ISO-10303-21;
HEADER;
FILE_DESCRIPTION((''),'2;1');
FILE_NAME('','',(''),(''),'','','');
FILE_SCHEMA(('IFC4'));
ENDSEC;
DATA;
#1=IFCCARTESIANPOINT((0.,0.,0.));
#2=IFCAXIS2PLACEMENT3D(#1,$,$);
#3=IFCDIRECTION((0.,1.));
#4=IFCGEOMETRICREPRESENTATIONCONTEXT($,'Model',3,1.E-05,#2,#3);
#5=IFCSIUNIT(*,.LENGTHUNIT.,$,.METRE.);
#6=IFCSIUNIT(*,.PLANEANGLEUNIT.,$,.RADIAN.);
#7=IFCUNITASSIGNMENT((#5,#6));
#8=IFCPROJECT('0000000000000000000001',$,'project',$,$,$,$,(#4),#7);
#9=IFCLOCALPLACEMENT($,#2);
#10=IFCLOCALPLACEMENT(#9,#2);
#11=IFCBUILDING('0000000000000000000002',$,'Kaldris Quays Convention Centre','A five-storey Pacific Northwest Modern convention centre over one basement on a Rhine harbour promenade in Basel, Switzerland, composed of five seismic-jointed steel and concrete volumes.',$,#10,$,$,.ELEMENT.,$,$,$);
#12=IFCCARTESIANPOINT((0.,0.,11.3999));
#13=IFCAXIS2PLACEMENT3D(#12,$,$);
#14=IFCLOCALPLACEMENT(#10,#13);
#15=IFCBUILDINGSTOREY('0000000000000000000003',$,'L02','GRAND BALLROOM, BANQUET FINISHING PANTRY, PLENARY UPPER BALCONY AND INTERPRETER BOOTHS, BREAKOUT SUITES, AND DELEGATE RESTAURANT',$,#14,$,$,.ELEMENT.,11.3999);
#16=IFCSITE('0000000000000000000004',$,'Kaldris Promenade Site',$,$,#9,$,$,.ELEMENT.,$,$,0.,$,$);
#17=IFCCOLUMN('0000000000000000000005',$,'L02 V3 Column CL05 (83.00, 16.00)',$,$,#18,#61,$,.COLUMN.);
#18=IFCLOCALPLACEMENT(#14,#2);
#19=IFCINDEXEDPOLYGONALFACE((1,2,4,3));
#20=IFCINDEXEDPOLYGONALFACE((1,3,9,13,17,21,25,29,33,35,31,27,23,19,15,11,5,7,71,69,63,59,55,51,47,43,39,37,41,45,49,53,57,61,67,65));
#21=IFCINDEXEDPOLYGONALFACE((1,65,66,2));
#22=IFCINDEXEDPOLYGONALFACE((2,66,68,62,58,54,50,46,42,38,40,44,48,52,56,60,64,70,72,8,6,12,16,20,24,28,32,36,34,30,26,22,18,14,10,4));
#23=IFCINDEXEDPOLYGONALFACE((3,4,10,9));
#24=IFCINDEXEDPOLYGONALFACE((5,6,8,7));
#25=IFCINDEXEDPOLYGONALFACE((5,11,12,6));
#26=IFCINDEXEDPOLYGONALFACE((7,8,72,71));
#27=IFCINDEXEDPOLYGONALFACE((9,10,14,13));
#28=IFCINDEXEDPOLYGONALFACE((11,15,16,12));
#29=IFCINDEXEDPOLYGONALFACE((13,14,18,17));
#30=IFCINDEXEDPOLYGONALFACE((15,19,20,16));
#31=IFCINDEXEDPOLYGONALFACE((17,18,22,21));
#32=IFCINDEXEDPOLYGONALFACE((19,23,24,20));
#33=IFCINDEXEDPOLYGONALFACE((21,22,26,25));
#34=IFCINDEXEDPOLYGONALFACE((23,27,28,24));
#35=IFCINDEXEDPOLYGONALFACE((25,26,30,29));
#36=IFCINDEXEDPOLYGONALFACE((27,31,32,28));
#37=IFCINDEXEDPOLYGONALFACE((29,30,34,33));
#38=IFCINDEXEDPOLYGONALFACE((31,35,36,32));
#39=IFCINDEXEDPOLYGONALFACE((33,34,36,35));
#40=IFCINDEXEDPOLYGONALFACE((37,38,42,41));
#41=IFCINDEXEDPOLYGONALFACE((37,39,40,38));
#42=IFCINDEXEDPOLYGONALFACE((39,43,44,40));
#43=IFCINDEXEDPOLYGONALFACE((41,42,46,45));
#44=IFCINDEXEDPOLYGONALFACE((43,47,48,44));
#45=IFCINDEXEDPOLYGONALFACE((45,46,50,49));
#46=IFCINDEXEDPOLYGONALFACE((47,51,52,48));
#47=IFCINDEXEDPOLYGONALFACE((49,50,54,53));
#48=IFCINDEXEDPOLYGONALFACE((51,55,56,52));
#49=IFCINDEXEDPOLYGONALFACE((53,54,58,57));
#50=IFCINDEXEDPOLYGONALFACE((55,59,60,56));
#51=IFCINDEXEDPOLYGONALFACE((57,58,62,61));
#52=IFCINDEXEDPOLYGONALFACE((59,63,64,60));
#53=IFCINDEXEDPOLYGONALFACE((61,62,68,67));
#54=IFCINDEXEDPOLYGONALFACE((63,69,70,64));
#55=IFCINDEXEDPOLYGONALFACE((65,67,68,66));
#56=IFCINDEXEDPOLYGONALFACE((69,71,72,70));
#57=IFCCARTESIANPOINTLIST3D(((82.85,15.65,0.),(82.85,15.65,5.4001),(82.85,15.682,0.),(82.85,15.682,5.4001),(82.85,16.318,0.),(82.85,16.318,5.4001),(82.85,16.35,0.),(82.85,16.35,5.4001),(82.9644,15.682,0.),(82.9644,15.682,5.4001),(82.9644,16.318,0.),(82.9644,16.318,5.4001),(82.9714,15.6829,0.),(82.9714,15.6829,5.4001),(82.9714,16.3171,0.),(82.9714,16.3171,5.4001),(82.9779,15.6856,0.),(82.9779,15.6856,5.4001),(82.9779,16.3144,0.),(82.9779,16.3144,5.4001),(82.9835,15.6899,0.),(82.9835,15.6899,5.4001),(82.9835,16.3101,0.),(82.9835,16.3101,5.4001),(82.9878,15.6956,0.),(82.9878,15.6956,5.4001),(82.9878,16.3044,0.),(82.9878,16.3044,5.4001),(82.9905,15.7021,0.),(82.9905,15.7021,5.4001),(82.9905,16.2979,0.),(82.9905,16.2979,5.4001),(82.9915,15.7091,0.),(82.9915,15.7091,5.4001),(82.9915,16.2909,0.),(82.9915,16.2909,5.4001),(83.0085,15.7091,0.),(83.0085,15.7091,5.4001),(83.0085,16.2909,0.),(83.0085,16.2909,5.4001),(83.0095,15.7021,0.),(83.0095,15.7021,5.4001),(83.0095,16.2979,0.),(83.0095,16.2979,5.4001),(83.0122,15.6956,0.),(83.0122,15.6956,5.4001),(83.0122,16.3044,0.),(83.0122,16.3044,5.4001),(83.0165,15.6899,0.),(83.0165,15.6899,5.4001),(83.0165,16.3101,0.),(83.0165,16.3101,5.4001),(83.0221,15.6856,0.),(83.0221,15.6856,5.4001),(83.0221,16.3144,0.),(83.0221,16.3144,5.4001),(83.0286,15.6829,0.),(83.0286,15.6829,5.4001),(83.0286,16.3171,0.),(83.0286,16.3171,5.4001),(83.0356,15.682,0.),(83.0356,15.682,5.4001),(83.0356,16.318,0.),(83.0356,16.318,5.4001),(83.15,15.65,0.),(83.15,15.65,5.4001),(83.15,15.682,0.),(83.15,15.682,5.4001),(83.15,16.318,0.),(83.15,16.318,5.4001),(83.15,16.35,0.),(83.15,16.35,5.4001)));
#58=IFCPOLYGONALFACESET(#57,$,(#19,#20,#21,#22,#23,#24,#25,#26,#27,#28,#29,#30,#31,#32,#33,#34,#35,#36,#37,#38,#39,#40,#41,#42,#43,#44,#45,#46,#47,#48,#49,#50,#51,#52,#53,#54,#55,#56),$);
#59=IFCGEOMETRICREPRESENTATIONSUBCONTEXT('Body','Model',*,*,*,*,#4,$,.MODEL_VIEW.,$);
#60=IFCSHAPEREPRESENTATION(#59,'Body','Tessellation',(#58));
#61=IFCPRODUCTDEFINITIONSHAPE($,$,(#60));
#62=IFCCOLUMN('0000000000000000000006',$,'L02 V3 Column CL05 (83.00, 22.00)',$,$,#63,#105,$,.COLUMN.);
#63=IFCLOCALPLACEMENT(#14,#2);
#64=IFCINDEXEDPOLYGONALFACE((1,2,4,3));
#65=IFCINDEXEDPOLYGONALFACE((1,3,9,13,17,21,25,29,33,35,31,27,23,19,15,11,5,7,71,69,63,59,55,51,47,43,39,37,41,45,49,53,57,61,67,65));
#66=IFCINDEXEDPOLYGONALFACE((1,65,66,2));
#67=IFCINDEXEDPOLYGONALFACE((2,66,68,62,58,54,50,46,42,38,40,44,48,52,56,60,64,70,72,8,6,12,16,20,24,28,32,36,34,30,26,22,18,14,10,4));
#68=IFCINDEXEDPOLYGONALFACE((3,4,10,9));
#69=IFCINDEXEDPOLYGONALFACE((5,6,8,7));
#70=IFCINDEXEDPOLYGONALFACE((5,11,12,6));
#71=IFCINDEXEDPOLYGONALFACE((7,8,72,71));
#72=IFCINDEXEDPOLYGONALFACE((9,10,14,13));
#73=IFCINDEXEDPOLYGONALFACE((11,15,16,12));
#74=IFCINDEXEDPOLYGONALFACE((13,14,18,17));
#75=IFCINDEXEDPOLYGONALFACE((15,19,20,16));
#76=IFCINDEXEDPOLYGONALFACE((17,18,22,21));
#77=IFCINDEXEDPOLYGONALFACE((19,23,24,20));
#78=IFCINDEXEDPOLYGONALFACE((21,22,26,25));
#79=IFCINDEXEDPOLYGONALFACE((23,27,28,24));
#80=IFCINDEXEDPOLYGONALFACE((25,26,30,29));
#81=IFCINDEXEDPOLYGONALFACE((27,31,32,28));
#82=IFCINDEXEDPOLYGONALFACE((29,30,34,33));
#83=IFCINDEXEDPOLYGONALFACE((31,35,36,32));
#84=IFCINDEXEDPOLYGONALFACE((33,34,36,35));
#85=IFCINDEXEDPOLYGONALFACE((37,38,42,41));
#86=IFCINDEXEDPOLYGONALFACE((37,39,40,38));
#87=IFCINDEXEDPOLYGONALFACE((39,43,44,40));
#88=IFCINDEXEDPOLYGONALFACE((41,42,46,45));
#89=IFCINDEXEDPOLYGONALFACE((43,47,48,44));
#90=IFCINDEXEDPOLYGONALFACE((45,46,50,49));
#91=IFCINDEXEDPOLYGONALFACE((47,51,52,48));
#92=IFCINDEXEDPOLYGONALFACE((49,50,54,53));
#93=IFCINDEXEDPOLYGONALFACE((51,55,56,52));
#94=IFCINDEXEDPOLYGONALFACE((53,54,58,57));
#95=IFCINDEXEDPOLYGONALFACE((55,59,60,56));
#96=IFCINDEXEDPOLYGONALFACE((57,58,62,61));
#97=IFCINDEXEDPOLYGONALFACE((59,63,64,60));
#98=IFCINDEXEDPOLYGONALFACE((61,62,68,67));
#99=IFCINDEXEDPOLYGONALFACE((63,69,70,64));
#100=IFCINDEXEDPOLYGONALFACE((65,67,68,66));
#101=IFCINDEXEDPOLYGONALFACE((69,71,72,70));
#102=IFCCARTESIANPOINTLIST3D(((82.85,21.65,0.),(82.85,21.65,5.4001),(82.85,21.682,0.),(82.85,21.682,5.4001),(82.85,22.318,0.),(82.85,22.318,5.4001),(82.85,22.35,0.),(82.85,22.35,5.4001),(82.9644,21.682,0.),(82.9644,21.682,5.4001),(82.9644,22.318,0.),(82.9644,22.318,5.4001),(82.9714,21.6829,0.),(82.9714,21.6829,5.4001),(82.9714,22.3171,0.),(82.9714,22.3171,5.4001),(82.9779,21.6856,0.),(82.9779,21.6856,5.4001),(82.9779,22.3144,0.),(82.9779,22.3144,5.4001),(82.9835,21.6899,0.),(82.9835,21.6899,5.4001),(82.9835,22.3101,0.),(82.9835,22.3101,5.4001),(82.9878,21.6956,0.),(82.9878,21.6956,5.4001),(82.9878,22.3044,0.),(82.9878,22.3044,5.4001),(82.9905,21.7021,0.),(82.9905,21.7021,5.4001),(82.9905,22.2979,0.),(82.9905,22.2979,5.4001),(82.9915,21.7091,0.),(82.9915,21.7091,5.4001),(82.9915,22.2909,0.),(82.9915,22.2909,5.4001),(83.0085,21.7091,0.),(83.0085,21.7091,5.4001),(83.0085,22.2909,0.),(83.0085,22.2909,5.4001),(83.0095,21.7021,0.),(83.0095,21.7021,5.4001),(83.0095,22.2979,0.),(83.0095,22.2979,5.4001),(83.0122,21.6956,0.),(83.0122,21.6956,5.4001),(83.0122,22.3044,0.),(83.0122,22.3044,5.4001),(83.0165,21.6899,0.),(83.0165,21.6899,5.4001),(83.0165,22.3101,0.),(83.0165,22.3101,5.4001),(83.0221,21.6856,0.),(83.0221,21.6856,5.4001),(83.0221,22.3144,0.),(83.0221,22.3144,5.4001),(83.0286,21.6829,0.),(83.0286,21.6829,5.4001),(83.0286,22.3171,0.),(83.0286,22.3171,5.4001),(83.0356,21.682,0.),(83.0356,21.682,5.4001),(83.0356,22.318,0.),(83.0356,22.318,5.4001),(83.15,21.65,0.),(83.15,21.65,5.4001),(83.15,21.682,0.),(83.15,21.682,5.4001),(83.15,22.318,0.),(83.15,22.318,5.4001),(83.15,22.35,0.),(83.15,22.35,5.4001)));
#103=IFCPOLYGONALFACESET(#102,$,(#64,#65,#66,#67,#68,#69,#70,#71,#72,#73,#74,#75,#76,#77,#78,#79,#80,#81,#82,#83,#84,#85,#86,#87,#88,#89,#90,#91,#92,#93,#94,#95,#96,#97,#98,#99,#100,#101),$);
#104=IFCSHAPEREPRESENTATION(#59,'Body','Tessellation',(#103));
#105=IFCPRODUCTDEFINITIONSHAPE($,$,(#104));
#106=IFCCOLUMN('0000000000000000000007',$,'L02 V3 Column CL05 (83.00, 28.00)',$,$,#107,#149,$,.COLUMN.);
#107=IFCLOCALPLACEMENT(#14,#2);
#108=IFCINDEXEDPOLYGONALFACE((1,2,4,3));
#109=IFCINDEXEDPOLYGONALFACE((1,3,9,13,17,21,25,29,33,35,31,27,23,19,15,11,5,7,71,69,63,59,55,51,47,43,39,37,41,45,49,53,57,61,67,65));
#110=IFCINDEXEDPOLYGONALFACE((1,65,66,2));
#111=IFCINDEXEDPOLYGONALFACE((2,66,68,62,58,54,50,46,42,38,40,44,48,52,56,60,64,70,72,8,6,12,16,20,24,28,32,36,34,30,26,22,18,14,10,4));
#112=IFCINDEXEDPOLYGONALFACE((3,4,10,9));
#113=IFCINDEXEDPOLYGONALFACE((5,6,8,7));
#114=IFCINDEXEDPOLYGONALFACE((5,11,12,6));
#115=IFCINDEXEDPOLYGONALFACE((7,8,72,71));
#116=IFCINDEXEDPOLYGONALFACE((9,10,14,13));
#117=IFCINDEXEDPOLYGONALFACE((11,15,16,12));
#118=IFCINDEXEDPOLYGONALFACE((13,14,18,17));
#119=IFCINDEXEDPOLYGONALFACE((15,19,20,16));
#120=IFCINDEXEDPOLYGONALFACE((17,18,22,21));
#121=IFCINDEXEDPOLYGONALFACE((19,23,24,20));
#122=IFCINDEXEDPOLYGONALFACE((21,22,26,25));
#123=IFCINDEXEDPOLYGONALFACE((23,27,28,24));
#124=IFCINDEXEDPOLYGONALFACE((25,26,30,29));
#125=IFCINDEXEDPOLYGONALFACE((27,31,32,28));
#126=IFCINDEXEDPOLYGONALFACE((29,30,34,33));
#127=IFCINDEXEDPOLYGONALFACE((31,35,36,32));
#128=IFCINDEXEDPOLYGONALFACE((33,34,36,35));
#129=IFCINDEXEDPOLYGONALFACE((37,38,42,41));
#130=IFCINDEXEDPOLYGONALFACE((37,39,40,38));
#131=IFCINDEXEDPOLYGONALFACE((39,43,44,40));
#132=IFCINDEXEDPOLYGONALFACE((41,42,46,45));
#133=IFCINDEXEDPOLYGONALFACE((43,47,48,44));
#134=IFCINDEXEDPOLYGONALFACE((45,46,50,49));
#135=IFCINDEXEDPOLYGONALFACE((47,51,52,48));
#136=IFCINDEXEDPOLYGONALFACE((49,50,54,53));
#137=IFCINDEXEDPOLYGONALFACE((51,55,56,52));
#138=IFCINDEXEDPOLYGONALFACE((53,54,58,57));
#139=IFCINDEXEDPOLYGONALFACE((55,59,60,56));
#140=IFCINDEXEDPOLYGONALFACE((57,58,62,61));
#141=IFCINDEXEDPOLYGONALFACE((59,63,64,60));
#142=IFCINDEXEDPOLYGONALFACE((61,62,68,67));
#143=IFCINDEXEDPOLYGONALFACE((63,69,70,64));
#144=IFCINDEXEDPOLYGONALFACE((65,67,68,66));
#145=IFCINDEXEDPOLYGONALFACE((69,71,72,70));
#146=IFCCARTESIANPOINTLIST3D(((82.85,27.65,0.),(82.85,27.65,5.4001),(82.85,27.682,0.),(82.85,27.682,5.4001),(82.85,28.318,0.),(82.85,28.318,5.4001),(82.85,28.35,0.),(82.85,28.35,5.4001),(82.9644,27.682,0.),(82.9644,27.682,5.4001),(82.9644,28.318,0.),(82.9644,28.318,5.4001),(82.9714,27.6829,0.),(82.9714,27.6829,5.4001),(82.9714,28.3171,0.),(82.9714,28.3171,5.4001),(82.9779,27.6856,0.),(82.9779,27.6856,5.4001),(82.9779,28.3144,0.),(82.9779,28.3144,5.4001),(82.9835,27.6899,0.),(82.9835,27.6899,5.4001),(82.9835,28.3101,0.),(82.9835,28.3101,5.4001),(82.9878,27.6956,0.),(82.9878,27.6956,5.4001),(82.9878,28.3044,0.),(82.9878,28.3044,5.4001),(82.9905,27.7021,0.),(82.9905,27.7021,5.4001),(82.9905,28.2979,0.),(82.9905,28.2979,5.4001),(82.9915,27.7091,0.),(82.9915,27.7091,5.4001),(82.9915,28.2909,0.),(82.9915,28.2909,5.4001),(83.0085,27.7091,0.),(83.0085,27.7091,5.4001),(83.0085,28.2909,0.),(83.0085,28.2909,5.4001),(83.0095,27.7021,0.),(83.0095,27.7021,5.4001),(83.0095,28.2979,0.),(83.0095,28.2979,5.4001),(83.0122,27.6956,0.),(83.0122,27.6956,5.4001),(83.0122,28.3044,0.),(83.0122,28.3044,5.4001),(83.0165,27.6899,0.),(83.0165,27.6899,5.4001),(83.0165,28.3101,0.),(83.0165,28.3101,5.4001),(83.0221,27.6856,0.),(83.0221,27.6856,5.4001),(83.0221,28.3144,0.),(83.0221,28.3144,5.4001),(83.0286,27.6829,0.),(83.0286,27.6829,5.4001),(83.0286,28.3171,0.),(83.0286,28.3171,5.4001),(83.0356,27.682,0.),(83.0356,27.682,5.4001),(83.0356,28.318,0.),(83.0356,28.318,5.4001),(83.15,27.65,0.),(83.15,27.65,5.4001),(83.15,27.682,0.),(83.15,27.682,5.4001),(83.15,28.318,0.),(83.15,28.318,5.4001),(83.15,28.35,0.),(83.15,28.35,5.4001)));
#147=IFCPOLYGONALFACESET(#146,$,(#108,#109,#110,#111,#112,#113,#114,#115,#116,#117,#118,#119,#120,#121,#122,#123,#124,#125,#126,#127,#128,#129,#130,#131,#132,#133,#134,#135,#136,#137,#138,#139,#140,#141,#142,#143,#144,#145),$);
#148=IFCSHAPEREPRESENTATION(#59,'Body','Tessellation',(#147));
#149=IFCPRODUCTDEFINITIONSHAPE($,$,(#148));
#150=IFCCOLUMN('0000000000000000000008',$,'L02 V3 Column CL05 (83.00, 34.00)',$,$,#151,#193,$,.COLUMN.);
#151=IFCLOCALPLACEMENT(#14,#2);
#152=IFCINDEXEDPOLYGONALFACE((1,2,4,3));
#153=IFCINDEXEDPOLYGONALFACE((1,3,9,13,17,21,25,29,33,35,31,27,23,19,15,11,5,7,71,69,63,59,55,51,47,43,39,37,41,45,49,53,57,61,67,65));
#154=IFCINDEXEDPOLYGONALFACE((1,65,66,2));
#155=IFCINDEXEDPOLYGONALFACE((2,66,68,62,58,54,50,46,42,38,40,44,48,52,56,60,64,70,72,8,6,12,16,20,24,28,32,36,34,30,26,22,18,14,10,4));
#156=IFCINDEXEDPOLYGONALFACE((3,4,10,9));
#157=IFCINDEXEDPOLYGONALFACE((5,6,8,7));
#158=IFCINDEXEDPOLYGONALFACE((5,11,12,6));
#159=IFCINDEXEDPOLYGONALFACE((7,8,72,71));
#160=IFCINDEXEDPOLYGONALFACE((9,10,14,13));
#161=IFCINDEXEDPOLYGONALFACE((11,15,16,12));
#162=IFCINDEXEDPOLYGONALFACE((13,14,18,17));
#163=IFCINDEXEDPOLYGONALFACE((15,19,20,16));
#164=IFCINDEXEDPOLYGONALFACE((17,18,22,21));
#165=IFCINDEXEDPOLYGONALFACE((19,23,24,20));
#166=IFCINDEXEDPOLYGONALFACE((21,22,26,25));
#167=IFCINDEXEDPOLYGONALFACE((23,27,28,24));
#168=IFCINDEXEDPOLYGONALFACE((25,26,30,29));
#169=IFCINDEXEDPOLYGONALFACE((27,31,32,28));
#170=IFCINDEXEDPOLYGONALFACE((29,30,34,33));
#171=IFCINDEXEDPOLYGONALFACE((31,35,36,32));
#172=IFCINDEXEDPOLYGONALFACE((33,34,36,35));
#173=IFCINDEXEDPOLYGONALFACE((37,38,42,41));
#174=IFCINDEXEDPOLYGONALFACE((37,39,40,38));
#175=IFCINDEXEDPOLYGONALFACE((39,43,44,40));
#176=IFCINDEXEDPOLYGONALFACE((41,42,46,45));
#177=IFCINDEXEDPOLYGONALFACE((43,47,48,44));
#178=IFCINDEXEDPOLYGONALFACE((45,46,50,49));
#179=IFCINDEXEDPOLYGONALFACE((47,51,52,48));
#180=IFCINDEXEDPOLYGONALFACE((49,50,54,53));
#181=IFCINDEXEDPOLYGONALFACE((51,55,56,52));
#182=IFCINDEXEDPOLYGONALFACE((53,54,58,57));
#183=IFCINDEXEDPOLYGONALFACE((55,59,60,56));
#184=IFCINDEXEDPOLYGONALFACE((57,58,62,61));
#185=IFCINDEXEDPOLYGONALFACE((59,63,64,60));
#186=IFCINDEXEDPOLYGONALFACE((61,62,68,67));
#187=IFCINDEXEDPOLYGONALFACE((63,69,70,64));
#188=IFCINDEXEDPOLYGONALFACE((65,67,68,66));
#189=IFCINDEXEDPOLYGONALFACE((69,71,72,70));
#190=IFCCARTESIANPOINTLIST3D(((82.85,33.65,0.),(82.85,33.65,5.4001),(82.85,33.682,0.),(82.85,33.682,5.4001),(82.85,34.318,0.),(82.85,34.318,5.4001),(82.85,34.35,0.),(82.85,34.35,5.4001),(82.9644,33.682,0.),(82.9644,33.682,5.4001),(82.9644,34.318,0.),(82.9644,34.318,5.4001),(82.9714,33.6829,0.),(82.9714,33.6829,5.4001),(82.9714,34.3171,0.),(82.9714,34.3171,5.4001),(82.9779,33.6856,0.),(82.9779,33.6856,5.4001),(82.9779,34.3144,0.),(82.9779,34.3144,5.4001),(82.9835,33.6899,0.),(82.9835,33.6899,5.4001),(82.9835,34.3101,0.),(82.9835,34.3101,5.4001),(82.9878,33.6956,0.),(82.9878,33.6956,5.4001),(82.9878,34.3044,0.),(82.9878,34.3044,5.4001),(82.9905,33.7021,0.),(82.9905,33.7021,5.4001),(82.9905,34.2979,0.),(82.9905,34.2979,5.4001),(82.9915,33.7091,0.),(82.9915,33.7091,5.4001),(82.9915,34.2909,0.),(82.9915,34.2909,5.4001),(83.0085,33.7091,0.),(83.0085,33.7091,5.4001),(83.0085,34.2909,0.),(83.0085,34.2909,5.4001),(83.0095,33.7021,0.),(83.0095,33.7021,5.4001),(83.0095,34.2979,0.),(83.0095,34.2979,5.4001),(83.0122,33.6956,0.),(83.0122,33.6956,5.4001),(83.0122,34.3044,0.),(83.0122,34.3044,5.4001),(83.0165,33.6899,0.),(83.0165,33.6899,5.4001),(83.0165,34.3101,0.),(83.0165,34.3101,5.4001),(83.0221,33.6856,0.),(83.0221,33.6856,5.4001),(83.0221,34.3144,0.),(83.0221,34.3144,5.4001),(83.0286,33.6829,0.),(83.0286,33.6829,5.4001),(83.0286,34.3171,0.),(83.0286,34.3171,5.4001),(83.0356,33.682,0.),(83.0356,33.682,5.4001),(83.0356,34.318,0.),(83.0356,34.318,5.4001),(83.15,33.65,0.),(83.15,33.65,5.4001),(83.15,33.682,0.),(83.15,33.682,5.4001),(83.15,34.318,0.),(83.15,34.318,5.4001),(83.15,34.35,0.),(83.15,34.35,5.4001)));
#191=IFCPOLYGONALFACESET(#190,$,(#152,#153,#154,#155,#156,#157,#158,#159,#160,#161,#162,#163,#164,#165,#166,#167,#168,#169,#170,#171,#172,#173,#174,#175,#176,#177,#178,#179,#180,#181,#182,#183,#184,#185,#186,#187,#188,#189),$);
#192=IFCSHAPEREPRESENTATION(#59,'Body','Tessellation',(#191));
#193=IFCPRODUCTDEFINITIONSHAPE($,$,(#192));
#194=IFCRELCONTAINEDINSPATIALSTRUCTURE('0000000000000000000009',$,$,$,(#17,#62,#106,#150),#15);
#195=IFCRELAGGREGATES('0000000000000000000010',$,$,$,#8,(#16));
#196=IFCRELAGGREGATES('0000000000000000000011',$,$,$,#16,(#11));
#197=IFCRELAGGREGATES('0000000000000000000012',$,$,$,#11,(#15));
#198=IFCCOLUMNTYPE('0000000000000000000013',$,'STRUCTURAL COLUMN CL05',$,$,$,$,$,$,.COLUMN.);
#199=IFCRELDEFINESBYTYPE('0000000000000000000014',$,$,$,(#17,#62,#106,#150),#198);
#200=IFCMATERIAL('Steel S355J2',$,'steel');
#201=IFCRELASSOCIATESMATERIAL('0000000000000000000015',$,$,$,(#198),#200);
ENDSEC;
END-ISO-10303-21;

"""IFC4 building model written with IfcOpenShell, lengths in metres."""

from ifc_helpers import new_model, si_unit, direction, frame, origin, origin_2d, place, context, subcontext, project, spatial, i_section, extrude, material, material_profile, profile_set, type_object, element, save


model = new_model("IFC4")

# Units and contexts
model_context = context("Model", 3, precision=1e-05, world=origin(), true_north=direction((0.0, 1.0)))
body_context = subcontext(model_context, "Body", "Model", "MODEL_VIEW")
ifc_project = project(units=[si_unit("LENGTHUNIT", "METRE"), si_unit("PLANEANGLEUNIT", "RADIAN")], contexts=[model_context])

# Site, building, storey
site_placement = place(None, origin())
site = spatial("IfcSite", under=ifc_project, at=site_placement, Name="Kaldris Promenade Site", CompositionType="ELEMENT", RefElevation=0.0)
building_placement = place(site_placement, origin())
building = spatial("IfcBuilding", under=site, at=building_placement, Name="Kaldris Quays Convention Centre", Description="A five-storey Pacific Northwest Modern convention centre over one basement on a Rhine harbour promenade in Basel, Switzerland, composed of five seismic-jointed steel and concrete volumes.", CompositionType="ELEMENT")
storey_placement = place(building_placement, frame((0.0, 0.0, 11.3999)))
storey = spatial("IfcBuildingStorey", under=building, at=storey_placement, Name="L02", Description="GRAND BALLROOM, BANQUET FINISHING PANTRY, PLENARY UPPER BALCONY AND INTERPRETER BOOTHS, BREAKOUT SUITES, AND DELEGATE RESTAURANT", CompositionType="ELEMENT", Elevation=11.3999)

# Columns
ifc_material_1 = material(Name="Steel S355J2", Category="steel")
ifc_material_profile_1 = material_profile(ifc_material_1, i_section(OverallWidth=0.3, OverallDepth=0.7, WebThickness=0.0171, FlangeThickness=0.032, FilletRadius=0.0271, at=origin_2d()), Name="HEB 700")
ifc_profile_set_1 = profile_set([ifc_material_profile_1], Name="Steel S355J2")
column_type = type_object("IfcColumnType", Name="STRUCTURAL COLUMN CL05", PredefinedType="COLUMN", material=ifc_profile_set_1)
for number, where, z_axis, x_axis, name in (
    (1, (83.0, 16.0, 0.0), (0.0, 0.0, 1.0), (1.0, 0.0, 0.0), "L02 V3 Column CL05 (83.00, 16.00)"),
    (2, (83.0, 22.0, 0.0), (0.0, 0.0, 1.0), (1.0, 0.0, 0.0), "L02 V3 Column CL05 (83.00, 22.00)"),
    (3, (83.0, 28.0, 0.0), (0.0, 0.0, 1.0), (1.0, 0.0, 0.0), "L02 V3 Column CL05 (83.00, 28.00)"),
    (4, (83.0, 34.0, 0.0), (0.0, 0.0, 1.0), (1.0, 0.0, 0.0), "L02 V3 Column CL05 (83.00, 34.00)"),
):
    element("IfcColumn", number, at=place(storey_placement, frame(where, z_axis=z_axis, x_axis=x_axis)), inside=storey, type_object=column_type, Name=name, PredefinedType="COLUMN", context=body_context, shape_type="SweptSolid", body=[
        extrude(i_section(OverallWidth=0.3, OverallDepth=0.7, WebThickness=0.0171, FlangeThickness=0.032, FilletRadius=0.0271, at=origin_2d()), origin(), (0.0, 0.0, 1.0), 5.4001),
    ])

save(model, "model.ifc")
